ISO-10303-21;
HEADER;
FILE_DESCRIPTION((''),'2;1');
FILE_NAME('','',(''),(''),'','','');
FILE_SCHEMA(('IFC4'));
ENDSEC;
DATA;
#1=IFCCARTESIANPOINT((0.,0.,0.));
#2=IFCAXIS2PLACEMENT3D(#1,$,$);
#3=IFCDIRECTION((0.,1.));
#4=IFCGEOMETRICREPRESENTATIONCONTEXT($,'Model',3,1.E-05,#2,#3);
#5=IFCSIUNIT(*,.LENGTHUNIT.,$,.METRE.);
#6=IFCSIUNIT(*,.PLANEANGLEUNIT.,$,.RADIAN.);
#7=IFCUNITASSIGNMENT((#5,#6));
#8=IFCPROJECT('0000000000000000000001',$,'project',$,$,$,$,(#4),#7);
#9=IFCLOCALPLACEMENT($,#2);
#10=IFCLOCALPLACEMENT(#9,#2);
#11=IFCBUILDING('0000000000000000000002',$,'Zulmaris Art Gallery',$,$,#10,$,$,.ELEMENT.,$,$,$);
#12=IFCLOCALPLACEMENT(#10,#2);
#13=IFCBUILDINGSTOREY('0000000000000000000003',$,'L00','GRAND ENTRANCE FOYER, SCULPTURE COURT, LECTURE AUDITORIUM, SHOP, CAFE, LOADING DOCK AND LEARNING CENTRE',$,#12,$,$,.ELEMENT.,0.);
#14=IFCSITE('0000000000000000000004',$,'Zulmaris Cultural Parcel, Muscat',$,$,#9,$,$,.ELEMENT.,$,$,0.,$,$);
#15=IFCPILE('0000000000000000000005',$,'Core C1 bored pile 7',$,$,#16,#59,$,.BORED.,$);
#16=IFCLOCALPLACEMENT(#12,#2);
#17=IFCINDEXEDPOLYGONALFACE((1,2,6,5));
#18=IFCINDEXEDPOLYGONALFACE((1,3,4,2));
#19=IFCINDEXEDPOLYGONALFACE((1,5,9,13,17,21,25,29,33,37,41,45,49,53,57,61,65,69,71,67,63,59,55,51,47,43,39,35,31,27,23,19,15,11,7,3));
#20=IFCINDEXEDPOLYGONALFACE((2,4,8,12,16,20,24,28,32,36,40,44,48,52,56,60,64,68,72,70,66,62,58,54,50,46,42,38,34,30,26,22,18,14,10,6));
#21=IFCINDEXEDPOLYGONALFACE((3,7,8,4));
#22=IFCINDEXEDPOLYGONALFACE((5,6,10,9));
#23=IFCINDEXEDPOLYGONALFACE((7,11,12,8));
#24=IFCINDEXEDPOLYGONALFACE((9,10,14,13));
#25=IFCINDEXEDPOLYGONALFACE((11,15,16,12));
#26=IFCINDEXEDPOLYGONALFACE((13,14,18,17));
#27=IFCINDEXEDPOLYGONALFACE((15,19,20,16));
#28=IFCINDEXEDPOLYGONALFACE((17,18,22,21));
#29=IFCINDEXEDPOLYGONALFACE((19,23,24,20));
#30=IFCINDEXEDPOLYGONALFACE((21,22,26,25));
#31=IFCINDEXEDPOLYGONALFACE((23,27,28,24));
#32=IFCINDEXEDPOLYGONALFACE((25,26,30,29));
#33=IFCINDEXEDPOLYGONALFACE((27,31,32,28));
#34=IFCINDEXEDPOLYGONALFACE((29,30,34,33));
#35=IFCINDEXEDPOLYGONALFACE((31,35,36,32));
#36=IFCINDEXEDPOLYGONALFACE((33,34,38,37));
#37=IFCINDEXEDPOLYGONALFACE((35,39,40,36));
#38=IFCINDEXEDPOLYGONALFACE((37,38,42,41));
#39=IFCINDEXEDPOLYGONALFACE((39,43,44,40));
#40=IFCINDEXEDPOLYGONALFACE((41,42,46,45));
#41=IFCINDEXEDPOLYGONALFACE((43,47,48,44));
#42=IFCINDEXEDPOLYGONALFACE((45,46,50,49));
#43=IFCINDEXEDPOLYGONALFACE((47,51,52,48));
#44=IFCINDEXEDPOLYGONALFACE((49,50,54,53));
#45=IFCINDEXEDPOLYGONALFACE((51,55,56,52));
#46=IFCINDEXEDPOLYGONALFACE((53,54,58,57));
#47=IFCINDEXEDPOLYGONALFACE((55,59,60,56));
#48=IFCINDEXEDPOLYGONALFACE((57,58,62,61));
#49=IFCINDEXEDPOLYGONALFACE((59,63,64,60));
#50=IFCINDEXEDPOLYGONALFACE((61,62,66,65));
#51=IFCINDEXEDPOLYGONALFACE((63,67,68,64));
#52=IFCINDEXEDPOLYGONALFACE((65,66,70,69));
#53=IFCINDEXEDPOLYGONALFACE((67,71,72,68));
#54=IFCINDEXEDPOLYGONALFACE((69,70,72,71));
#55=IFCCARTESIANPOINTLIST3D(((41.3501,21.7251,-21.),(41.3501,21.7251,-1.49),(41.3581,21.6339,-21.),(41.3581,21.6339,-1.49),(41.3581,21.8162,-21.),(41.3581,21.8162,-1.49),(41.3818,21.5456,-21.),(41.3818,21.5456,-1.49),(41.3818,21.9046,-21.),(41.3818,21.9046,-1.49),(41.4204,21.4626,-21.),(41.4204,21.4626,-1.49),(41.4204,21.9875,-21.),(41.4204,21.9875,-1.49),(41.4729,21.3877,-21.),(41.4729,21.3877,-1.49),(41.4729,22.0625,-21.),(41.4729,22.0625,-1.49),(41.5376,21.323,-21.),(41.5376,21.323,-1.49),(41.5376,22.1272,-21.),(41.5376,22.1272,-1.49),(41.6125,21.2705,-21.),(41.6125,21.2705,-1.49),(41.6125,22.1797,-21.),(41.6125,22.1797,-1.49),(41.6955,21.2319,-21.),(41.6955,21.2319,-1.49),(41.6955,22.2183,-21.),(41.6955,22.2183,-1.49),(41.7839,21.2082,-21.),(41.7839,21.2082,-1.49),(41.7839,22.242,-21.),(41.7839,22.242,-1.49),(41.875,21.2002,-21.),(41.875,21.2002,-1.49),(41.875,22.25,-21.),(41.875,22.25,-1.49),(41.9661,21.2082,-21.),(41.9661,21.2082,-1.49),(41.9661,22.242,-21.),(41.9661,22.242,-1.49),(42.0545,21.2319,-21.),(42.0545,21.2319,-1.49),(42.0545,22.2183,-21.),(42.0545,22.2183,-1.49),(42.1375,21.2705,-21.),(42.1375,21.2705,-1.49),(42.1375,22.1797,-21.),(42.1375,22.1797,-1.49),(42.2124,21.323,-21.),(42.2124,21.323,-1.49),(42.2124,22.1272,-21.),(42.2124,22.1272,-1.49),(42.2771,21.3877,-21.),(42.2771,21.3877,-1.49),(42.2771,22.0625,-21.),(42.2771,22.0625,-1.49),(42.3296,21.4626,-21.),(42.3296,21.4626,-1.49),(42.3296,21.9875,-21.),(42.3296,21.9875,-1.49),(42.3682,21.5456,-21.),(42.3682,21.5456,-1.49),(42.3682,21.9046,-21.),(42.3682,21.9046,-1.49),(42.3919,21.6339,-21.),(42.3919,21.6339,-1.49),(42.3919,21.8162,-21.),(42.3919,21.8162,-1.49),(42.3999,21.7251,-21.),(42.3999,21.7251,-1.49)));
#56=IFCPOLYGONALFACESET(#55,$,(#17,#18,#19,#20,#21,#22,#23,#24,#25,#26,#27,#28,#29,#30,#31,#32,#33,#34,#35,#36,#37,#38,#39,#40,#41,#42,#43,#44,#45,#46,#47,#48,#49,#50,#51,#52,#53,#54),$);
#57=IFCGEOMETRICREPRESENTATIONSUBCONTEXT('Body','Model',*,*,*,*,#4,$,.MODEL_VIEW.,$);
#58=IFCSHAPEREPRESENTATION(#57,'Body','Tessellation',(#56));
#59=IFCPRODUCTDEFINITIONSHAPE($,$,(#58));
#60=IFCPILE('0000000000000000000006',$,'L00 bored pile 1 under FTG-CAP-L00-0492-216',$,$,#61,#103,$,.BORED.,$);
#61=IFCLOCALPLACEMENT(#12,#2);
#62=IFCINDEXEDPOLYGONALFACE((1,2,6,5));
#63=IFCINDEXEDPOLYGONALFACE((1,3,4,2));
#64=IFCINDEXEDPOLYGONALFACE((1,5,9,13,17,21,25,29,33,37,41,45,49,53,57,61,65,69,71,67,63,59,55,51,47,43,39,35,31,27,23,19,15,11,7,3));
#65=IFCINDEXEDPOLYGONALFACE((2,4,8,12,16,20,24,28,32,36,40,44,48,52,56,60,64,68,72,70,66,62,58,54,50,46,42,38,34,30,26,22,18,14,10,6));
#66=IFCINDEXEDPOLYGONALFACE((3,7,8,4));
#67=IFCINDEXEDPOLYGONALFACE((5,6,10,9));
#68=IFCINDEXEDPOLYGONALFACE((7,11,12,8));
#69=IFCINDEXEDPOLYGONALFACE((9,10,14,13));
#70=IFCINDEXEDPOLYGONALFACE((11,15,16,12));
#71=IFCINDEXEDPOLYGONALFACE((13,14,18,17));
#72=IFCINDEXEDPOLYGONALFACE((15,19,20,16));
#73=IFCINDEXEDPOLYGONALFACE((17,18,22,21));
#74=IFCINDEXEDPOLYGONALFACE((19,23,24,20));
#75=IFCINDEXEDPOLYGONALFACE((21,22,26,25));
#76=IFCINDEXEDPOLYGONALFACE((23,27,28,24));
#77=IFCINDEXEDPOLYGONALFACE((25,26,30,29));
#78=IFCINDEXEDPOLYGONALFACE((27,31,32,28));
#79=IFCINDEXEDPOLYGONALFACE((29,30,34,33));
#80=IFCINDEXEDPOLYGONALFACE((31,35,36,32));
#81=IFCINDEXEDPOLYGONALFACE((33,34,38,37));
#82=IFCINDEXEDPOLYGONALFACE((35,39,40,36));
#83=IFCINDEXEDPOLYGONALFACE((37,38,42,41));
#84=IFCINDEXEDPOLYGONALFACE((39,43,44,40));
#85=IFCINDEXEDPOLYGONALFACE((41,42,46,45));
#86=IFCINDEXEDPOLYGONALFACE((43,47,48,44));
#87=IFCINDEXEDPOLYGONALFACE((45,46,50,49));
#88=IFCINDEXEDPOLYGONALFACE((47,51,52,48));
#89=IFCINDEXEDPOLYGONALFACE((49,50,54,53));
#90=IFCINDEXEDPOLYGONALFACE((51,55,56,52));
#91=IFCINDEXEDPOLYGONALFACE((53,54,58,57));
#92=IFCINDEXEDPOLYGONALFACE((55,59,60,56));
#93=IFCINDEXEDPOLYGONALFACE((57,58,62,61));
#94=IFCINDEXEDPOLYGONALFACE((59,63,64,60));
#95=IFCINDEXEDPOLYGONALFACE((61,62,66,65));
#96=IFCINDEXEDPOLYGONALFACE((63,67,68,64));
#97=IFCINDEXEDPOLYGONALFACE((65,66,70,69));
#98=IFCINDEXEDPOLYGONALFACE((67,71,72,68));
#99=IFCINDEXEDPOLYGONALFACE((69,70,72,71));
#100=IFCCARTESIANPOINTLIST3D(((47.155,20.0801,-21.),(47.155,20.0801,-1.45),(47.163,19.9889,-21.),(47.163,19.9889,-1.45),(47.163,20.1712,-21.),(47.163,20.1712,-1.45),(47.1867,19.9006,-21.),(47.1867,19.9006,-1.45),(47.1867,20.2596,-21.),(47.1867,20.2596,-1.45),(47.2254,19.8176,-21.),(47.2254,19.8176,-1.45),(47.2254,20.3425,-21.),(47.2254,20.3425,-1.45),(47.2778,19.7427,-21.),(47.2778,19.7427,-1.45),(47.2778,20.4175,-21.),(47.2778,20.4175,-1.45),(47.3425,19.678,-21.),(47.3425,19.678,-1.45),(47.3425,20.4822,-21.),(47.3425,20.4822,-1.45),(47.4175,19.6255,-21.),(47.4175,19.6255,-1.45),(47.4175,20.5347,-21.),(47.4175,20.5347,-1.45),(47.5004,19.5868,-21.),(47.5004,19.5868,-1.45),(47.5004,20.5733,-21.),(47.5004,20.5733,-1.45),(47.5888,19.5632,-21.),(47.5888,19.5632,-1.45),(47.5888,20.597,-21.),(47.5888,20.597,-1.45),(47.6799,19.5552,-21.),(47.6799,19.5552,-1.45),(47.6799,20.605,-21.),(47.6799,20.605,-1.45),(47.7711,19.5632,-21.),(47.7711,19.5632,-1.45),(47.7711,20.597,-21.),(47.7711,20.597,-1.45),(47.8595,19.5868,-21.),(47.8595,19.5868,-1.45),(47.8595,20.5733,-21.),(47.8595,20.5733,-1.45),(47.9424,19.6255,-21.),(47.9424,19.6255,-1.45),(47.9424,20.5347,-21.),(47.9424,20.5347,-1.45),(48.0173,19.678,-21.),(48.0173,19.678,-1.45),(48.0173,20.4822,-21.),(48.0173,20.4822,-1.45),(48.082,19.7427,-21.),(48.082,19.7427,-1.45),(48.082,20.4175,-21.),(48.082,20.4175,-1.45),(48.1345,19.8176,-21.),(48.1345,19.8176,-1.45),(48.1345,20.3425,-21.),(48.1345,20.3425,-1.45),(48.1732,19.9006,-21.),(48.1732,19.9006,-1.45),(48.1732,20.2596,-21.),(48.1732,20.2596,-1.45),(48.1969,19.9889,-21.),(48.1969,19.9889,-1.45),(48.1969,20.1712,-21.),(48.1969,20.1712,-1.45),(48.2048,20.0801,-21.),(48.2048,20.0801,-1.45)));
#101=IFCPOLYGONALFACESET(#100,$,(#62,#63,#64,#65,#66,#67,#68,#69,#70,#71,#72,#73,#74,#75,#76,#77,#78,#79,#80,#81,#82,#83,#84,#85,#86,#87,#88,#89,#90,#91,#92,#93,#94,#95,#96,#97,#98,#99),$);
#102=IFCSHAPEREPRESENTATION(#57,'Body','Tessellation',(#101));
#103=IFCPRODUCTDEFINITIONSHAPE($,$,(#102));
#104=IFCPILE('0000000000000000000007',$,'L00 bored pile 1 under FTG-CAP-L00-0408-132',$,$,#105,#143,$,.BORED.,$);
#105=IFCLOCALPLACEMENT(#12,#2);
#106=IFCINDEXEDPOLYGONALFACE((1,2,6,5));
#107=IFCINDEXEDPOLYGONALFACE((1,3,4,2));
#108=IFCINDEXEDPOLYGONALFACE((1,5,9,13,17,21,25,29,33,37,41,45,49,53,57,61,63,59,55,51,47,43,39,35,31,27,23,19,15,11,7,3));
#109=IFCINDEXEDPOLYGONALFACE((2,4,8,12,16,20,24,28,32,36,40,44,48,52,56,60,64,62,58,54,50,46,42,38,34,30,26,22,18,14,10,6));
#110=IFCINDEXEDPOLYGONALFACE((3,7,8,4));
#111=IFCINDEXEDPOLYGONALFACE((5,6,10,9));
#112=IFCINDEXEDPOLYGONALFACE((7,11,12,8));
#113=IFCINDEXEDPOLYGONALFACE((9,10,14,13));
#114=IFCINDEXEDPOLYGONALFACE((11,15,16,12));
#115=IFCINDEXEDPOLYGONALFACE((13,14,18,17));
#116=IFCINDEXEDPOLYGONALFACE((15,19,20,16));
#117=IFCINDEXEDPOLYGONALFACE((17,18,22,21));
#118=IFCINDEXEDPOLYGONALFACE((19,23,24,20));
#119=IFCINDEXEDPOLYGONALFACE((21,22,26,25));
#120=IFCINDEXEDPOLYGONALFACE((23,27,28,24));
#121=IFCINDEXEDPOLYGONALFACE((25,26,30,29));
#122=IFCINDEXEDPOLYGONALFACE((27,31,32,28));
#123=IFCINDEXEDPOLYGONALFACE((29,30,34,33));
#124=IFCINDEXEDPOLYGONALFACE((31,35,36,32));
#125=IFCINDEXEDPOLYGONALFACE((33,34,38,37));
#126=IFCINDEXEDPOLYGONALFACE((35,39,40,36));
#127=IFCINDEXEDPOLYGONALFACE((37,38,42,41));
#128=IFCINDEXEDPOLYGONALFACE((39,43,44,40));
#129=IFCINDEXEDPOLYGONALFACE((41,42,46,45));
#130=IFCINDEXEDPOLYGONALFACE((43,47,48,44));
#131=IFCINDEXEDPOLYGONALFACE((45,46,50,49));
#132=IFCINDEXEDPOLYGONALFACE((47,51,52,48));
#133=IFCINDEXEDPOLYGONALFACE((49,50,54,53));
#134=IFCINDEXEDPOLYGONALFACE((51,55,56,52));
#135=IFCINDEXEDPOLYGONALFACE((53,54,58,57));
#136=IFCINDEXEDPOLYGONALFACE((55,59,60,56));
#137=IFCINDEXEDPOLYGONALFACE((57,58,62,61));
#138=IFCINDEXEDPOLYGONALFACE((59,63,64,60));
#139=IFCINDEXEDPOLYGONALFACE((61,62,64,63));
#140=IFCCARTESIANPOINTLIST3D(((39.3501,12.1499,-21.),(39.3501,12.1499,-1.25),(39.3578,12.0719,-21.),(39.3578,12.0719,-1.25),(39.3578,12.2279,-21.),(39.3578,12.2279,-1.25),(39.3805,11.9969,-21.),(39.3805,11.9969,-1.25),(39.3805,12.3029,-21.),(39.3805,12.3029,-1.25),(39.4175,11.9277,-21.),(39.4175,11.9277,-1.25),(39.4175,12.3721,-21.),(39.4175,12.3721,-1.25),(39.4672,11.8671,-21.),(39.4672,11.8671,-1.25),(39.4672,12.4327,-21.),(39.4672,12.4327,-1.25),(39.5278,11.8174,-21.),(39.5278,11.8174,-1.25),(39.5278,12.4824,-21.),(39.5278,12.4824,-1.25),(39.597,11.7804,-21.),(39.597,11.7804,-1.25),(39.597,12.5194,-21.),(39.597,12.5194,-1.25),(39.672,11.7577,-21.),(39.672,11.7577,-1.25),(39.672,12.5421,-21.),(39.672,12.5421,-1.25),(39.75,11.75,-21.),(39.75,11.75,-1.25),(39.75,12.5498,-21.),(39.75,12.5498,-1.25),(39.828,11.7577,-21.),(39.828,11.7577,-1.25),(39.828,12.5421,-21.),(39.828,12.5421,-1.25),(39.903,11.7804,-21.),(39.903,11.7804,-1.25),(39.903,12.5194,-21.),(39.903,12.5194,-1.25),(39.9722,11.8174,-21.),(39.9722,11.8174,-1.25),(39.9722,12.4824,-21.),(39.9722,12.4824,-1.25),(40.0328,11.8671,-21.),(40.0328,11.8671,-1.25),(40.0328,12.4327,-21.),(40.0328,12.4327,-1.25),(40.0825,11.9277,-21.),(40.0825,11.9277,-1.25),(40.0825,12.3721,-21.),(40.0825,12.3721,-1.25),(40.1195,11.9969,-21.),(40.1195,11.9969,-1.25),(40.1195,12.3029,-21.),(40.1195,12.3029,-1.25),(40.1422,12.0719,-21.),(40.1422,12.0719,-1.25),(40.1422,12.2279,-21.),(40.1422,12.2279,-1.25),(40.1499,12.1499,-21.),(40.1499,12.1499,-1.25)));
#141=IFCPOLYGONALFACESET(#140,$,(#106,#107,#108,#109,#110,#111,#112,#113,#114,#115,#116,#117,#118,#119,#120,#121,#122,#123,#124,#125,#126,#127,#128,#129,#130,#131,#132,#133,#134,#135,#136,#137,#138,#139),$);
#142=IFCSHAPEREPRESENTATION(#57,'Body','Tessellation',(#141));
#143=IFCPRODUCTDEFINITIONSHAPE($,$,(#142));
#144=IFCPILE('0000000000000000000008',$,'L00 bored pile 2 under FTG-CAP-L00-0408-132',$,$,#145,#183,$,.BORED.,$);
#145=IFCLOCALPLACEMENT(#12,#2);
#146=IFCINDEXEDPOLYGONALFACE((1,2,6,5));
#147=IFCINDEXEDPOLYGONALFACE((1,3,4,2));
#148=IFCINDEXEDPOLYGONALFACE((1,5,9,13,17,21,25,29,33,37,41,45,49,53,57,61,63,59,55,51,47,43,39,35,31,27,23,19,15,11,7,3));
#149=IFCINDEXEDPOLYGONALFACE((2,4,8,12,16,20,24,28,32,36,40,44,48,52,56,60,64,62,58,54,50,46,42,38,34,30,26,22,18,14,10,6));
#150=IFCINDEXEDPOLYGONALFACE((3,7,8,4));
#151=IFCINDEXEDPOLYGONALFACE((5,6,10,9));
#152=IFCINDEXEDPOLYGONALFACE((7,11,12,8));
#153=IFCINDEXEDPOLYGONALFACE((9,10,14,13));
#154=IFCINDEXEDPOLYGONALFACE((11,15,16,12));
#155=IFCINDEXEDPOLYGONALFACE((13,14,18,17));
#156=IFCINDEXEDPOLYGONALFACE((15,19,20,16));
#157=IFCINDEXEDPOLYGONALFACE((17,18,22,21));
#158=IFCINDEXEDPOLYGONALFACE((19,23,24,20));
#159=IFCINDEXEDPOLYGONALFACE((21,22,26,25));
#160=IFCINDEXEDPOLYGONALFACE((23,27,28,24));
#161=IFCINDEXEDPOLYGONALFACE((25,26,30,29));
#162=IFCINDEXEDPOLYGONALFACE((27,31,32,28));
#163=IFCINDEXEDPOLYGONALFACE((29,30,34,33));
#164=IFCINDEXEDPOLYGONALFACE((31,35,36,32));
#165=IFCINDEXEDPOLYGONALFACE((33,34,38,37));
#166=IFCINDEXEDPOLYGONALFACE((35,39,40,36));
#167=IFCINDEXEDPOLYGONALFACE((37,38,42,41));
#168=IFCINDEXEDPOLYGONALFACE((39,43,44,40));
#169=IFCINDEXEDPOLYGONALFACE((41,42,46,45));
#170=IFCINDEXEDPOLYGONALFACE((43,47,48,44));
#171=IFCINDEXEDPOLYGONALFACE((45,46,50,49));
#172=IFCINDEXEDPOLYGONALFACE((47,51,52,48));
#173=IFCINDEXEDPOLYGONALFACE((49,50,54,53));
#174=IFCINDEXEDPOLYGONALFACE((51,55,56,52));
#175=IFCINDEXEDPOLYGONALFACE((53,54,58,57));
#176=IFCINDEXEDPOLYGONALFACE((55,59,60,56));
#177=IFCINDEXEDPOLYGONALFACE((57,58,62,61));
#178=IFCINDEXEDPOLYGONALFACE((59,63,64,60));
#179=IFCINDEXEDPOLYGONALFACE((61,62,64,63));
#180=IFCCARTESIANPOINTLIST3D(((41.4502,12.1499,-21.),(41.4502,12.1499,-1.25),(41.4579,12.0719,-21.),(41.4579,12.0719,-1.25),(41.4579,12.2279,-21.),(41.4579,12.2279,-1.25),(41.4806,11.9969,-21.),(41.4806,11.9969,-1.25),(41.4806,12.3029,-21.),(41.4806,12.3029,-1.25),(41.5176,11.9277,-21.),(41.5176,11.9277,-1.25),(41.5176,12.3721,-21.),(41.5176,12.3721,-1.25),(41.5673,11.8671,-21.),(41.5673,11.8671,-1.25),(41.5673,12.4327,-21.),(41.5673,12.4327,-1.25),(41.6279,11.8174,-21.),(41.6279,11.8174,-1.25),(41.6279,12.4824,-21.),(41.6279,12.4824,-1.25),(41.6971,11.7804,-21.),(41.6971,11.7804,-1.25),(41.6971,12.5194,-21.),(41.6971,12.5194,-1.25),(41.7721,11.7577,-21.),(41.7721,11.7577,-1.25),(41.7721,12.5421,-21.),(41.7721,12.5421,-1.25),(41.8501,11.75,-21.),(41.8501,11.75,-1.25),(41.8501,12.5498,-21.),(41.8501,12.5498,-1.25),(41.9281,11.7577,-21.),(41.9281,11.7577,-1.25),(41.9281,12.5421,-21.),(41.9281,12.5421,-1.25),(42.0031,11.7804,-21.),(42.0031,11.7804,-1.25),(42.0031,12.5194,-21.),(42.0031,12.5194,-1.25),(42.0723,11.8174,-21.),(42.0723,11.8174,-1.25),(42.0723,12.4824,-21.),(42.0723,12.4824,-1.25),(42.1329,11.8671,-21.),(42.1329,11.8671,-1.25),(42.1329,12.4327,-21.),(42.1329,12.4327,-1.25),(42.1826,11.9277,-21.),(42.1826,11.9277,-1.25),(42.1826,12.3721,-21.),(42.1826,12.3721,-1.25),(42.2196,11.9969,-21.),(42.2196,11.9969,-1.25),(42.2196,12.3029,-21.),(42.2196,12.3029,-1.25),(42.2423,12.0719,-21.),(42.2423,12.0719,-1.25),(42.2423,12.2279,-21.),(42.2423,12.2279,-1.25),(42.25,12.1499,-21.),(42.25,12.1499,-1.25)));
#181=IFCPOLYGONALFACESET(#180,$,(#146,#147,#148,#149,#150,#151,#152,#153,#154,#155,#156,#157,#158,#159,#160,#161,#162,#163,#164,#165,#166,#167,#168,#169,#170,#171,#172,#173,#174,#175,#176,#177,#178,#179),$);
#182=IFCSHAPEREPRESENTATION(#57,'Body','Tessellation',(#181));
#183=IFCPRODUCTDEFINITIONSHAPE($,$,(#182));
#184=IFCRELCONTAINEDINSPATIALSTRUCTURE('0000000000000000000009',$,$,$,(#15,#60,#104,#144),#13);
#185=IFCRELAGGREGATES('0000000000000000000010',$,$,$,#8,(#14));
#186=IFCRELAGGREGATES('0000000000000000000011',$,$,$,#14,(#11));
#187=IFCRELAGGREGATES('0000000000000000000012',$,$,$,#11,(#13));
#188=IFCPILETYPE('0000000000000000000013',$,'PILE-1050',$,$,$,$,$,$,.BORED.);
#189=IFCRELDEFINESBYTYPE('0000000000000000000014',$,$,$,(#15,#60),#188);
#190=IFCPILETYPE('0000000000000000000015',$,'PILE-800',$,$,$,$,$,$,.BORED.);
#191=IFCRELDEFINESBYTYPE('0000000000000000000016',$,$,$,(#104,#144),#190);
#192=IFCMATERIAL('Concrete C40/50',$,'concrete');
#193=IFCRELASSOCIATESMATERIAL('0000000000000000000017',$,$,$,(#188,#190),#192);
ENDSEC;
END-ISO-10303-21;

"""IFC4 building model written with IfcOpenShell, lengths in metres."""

from ifc_helpers import new_model, si_unit, direction, frame, origin, origin_2d, place, context, subcontext, project, spatial, circle, extrude, material, material_profile, profile_set, type_object, element, save


model = new_model("IFC4")

# Units and contexts
model_context = context("Model", 3, precision=1e-05, world=origin(), true_north=direction((0.0, 1.0)))
body_context = subcontext(model_context, "Body", "Model", "MODEL_VIEW")
ifc_project = project(units=[si_unit("LENGTHUNIT", "METRE"), si_unit("PLANEANGLEUNIT", "RADIAN")], contexts=[model_context])

# Site, building, storey
site_placement = place(None, origin())
site = spatial("IfcSite", under=ifc_project, at=site_placement, Name="Zulmaris Cultural Parcel, Muscat", CompositionType="ELEMENT", RefElevation=0.0)
building_placement = place(site_placement, origin())
building = spatial("IfcBuilding", under=site, at=building_placement, Name="Zulmaris Art Gallery", CompositionType="ELEMENT")
storey_placement = place(building_placement, origin())
storey = spatial("IfcBuildingStorey", under=building, at=storey_placement, Name="L00", Description="GRAND ENTRANCE FOYER, SCULPTURE COURT, LECTURE AUDITORIUM, SHOP, CAFE, LOADING DOCK AND LEARNING CENTRE", CompositionType="ELEMENT", Elevation=0.0)

# Piles
ifc_material_1 = material(Name="Concrete C40/50", Category="concrete")
ifc_material_profile_1 = material_profile(ifc_material_1, circle(Radius=0.5249, at=origin_2d()), Name="PILE DIA 1050")
ifc_profile_set_1 = profile_set([ifc_material_profile_1], Name="Concrete C40/50")
pile_type_1 = type_object("IfcPileType", Name="PILE-1050", PredefinedType="BORED", material=ifc_profile_set_1)
pile_1_placement = place(storey_placement, frame((41.875, 21.7251, -1.49), z_axis=(0.0, 0.0, -1.0), x_axis=(1.0, 0.0, 0.0)))
element("IfcPile", 1, at=pile_1_placement, inside=storey, type_object=pile_type_1, Name="Core C1 bored pile 7", PredefinedType="BORED", context=body_context, shape_type="SweptSolid", body=[
    extrude(circle(Radius=0.5249, at=origin_2d()), origin(), (0.0, 0.0, 1.0), 19.51),
])
pile_2_placement = place(storey_placement, frame((47.6799, 20.0801, -1.45), z_axis=(0.0, 0.0, -1.0), x_axis=(1.0, 0.0, 0.0)))
element("IfcPile", 2, at=pile_2_placement, inside=storey, type_object=pile_type_1, Name="L00 bored pile 1 under FTG-CAP-L00-0492-216", PredefinedType="BORED", context=body_context, shape_type="SweptSolid", body=[
    extrude(circle(Radius=0.5249, at=origin_2d()), origin(), (0.0, 0.0, 1.0), 19.55),
])
ifc_material_profile_2 = material_profile(ifc_material_1, circle(Radius=0.3999, at=origin_2d()), Name="PILE DIA 800")
ifc_profile_set_2 = profile_set([ifc_material_profile_2], Name="Concrete C40/50")
pile_type_2 = type_object("IfcPileType", Name="PILE-800", PredefinedType="BORED", material=ifc_profile_set_2)
for number, where, z_axis, x_axis, name in (
    (3, (39.75, 12.1499, -1.25), (0.0, 0.0, -1.0), (1.0, 0.0, 0.0), "L00 bored pile 1 under FTG-CAP-L00-0408-132"),
    (4, (41.8501, 12.1499, -1.25), (0.0, 0.0, -1.0), (1.0, 0.0, 0.0), "L00 bored pile 2 under FTG-CAP-L00-0408-132"),
):
    element("IfcPile", number, at=place(storey_placement, frame(where, z_axis=z_axis, x_axis=x_axis)), inside=storey, type_object=pile_type_2, Name=name, PredefinedType="BORED", context=body_context, shape_type="SweptSolid", body=[
        extrude(circle(Radius=0.3999, at=origin_2d()), origin(), (0.0, 0.0, 1.0), 19.75),
    ])

save(model, "model.ifc")
